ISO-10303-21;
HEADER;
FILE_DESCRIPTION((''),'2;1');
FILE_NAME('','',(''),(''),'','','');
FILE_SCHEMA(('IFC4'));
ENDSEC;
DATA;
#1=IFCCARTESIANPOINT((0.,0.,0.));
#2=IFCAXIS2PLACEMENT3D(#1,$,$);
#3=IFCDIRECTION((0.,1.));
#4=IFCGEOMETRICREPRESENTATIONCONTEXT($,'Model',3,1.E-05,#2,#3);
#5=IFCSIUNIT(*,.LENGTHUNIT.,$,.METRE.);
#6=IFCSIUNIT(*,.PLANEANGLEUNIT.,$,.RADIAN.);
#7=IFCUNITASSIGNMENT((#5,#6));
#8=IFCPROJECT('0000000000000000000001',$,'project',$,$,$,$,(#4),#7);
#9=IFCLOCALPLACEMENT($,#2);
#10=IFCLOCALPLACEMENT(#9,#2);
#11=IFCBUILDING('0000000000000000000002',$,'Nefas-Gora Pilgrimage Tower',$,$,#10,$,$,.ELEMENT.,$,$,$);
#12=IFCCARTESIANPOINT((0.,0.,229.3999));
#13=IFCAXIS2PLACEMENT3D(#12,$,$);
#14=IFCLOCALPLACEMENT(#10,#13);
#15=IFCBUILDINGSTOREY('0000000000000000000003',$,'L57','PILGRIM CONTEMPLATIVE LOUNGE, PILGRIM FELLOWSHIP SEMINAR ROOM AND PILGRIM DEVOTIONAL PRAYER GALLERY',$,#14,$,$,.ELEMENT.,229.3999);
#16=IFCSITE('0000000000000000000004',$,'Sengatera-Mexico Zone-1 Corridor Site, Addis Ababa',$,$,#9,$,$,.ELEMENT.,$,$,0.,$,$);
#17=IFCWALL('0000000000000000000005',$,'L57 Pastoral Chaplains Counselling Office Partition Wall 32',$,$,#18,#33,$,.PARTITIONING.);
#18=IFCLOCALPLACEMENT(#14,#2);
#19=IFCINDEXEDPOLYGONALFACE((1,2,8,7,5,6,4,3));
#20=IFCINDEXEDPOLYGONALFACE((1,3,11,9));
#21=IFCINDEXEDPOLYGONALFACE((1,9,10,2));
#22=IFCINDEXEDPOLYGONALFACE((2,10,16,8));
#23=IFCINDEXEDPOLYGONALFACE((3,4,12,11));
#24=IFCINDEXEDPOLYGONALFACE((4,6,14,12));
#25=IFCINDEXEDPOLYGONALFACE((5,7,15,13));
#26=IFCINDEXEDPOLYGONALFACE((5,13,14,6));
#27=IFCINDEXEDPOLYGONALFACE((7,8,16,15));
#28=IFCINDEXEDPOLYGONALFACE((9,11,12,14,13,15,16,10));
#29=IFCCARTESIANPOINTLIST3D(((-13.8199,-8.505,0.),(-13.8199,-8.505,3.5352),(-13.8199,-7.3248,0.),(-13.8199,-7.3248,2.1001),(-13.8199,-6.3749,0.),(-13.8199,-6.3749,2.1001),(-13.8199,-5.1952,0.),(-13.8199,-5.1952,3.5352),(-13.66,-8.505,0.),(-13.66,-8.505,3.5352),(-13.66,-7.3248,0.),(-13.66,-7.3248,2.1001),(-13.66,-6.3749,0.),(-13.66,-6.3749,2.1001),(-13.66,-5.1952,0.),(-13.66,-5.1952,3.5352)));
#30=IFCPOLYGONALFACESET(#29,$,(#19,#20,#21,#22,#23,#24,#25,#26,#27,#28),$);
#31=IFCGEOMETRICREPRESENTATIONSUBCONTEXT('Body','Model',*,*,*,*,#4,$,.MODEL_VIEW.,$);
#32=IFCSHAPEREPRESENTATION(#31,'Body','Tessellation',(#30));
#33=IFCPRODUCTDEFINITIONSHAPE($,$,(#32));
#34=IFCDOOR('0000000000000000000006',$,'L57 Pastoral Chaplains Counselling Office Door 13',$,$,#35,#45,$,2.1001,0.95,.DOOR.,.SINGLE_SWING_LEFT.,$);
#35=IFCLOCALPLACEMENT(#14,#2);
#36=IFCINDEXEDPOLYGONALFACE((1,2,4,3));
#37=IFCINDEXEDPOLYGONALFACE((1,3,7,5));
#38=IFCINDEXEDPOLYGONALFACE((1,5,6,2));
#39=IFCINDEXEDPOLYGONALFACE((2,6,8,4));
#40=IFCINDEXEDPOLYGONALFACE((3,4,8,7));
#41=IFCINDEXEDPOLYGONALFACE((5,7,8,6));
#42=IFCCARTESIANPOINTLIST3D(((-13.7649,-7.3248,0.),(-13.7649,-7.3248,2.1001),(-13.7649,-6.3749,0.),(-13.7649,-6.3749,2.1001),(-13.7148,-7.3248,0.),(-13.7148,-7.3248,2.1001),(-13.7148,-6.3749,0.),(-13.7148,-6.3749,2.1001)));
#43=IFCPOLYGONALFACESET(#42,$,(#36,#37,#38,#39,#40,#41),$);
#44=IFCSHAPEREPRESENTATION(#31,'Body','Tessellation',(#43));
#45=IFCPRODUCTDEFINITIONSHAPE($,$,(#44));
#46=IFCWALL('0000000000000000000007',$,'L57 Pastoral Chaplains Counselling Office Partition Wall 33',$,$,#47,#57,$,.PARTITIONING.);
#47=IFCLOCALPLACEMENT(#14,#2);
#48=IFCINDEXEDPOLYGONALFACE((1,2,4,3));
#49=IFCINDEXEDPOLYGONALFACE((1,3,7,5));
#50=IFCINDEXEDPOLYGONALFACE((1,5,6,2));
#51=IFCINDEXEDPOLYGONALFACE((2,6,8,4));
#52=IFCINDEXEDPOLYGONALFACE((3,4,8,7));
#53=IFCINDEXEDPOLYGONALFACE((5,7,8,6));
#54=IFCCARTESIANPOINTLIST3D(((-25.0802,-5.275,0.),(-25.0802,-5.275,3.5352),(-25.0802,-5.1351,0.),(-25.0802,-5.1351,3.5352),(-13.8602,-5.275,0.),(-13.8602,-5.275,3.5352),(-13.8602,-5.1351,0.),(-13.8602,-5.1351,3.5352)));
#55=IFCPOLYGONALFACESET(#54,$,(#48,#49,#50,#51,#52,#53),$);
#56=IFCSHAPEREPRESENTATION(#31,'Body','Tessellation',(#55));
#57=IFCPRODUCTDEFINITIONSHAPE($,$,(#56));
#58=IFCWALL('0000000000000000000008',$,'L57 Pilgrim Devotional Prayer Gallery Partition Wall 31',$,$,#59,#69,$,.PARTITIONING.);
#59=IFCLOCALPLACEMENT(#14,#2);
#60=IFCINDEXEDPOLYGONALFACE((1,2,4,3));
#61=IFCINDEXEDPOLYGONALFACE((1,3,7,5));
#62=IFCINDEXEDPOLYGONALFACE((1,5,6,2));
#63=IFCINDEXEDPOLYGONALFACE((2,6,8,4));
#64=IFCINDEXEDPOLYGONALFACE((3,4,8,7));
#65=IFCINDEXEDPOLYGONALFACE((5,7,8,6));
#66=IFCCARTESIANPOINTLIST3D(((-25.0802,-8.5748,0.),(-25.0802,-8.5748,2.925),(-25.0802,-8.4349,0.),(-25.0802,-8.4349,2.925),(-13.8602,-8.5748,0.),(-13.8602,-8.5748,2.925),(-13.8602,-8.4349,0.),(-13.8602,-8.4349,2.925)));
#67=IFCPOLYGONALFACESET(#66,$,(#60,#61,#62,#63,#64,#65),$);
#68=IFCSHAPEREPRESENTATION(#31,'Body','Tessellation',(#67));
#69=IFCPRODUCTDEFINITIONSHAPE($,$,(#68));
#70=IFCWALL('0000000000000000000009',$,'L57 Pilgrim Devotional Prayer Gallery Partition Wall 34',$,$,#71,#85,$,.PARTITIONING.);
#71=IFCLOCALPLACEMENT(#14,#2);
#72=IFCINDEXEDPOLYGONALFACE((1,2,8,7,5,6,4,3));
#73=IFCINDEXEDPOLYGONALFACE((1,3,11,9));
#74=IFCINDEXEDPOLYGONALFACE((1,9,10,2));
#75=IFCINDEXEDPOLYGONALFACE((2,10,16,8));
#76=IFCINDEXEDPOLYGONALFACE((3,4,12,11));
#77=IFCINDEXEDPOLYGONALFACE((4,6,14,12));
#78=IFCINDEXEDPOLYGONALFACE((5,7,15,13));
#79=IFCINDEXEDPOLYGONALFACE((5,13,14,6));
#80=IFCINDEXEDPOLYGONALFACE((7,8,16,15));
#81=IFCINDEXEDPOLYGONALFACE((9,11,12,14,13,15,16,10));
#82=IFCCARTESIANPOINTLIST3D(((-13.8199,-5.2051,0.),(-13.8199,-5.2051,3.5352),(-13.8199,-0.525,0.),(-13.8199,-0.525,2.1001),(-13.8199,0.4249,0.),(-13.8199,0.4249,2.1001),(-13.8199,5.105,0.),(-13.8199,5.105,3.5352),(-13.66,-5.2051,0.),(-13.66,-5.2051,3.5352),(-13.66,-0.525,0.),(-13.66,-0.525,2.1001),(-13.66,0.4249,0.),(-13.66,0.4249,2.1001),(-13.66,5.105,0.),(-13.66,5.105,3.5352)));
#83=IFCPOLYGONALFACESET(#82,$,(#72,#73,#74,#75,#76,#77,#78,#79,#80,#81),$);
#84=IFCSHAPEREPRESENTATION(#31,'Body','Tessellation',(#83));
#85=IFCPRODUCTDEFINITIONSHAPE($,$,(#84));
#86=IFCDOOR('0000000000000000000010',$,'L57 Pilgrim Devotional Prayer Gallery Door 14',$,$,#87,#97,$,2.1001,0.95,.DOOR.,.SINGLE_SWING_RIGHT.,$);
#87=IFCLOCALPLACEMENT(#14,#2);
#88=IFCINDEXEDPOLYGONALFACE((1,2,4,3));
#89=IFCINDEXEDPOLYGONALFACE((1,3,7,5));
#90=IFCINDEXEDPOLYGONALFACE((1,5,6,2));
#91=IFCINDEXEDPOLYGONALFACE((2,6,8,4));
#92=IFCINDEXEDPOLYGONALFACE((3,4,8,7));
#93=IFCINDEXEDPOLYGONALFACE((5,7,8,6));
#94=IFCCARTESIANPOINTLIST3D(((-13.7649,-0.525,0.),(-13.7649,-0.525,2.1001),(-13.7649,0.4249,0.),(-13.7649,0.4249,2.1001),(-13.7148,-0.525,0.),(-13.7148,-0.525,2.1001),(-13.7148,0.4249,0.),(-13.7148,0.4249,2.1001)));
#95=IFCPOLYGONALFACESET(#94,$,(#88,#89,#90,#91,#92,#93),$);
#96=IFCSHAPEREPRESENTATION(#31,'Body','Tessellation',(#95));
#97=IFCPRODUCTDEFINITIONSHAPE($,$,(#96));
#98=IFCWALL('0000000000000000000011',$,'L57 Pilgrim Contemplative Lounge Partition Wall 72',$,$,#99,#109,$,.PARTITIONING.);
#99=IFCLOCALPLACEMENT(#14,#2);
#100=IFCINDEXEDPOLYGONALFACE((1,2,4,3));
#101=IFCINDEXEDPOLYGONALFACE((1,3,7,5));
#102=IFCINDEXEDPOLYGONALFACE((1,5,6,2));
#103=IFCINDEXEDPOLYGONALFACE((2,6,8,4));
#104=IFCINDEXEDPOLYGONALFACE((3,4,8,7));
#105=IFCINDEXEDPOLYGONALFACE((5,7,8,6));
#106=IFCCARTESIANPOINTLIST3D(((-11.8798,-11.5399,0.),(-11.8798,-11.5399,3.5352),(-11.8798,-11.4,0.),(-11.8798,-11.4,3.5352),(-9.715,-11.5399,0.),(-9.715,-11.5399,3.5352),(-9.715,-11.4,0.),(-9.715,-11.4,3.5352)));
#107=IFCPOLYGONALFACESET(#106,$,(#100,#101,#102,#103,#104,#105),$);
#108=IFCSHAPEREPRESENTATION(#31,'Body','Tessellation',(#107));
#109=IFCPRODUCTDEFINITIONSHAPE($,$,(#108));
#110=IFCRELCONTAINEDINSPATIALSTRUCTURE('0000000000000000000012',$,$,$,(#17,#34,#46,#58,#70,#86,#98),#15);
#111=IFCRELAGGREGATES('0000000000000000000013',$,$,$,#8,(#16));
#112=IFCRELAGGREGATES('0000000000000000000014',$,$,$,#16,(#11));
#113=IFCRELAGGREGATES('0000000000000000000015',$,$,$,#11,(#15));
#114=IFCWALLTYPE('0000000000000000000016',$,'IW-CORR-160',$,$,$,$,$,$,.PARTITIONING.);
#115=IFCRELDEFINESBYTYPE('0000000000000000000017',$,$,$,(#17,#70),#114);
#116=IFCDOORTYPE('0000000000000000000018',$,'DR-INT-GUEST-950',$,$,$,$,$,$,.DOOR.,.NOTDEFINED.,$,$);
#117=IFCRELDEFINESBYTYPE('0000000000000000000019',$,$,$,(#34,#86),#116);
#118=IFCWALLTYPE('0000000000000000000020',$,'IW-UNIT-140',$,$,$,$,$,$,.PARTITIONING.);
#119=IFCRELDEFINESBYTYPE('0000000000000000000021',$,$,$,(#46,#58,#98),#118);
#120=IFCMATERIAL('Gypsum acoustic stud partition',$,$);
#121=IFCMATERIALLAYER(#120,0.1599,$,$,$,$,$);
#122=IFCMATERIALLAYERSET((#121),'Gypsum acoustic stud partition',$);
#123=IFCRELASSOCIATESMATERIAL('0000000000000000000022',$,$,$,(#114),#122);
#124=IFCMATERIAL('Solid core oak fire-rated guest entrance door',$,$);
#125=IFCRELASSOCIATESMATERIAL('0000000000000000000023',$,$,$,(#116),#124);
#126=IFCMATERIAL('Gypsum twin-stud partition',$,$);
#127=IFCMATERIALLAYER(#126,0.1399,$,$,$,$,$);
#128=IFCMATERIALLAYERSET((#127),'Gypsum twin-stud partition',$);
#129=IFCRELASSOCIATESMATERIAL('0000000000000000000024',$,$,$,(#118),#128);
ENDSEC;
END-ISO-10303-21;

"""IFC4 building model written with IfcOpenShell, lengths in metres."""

from ifc_helpers import new_model, si_unit, direction, frame, frame_2d, origin, place, context, subcontext, project, spatial, rectangle, extrude, source, transform, mapped, material, layer, layer_set, type_object, element, fill, save


model = new_model("IFC4")

# Units and contexts
model_context = context("Model", 3, precision=1e-05, world=origin(), true_north=direction((0.0, 1.0)))
body_context = subcontext(model_context, "Body", "Model", "MODEL_VIEW")
ifc_project = project(units=[si_unit("LENGTHUNIT", "METRE"), si_unit("PLANEANGLEUNIT", "RADIAN")], contexts=[model_context])

# Site, building, storey
site_placement = place(None, origin())
site = spatial("IfcSite", under=ifc_project, at=site_placement, Name="Sengatera-Mexico Zone-1 Corridor Site, Addis Ababa", CompositionType="ELEMENT", RefElevation=0.0)
building_placement = place(site_placement, origin())
building = spatial("IfcBuilding", under=site, at=building_placement, Name="Nefas-Gora Pilgrimage Tower", CompositionType="ELEMENT")
storey_placement = place(building_placement, frame((0.0, 0.0, 229.3999)))
storey = spatial("IfcBuildingStorey", under=building, at=storey_placement, Name="L57", Description="PILGRIM CONTEMPLATIVE LOUNGE, PILGRIM FELLOWSHIP SEMINAR ROOM AND PILGRIM DEVOTIONAL PRAYER GALLERY", CompositionType="ELEMENT", Elevation=229.3999)

# Wall, opening, door
ifc_material_1 = material(Name="Gypsum acoustic stud partition")
ifc_layer_1 = layer(ifc_material_1, 0.1599)
ifc_layer_set_1 = layer_set([ifc_layer_1], Name="Gypsum acoustic stud partition")
wall_type_1 = type_object("IfcWallType", Name="IW-CORR-160", PredefinedType="PARTITIONING", material=ifc_layer_set_1)
shared_shape_1 = source(origin(), body_context, "Body", "SweptSolid", [
    extrude(rectangle(XDim=3.3098, YDim=0.1599, at=frame_2d((1.6548, 0.0))), origin(), (0.0, 0.0, 1.0), 3.5352),
])
wall_1_placement = place(storey_placement, frame((-13.74, -8.5049, 0.0), z_axis=(0.0, 0.0, 1.0), x_axis=(0.0, 1.0, 0.0)))
wall_1 = element("IfcWall", 1, at=wall_1_placement, inside=storey, type_object=wall_type_1, Name="L57 Pastoral Chaplains Counselling Office Partition Wall 32", PredefinedType="PARTITIONING", context=body_context, shape_type="MappedRepresentation", body=[
    mapped(shared_shape_1, transform((0.0, 0.0, 0.0), x_axis=(1.0, 0.0, 0.0), y_axis=(0.0, 1.0, 0.0), z_axis=(0.0, 0.0, 1.0), scale=1.0)),
])
opening_1_placement = place(wall_1_placement, frame((1.1799, 0.0, 0.0)))
opening_1 = element("IfcOpeningElement", 2, at=opening_1_placement, cuts=wall_1, PredefinedType="OPENING", context=body_context, shape_type="SweptSolid", body=[
    extrude(rectangle(XDim=0.95, YDim=2.1001, at=frame_2d((0.4751, 1.05))), frame((0.0, 0.0898, 0.0), z_axis=(0.0, -1.0, 0.0), x_axis=(1.0, 0.0, 0.0)), (0.0, 0.0, 1.0), 0.1799),
])
ifc_material_2 = material(Name="Solid core oak fire-rated guest entrance door")
door_type_1 = type_object("IfcDoorType", Name="DR-INT-GUEST-950", OperationType="NOTDEFINED", PredefinedType="DOOR", material=ifc_material_2)
shared_shape_2 = source(origin(), body_context, "Body", "SweptSolid", [
    extrude(rectangle(XDim=0.95, YDim=2.1001, at=frame_2d((0.4751, 1.05))), frame((0.0, 0.0249, 0.0), z_axis=(0.0, -1.0, 0.0), x_axis=(1.0, 0.0, 0.0)), (0.0, 0.0, 1.0), 0.05),
])
door_1_placement = place(opening_1_placement, origin())
door_1 = element("IfcDoor", 3, at=door_1_placement, inside=storey, type_object=door_type_1, Name="L57 Pastoral Chaplains Counselling Office Door 13", OperationType="SINGLE_SWING_LEFT", OverallHeight=2.1001, OverallWidth=0.95, PredefinedType="DOOR", context=body_context, shape_type="MappedRepresentation", body=[
    mapped(shared_shape_2, transform((0.0, 0.0, 0.0), x_axis=(1.0, 0.0, 0.0), y_axis=(0.0, 1.0, 0.0), z_axis=(0.0, 0.0, 1.0), scale=1.0)),
])
fill(opening_1, door_1)

# Wall
ifc_material_3 = material(Name="Gypsum twin-stud partition")
ifc_layer_2 = layer(ifc_material_3, 0.1399)
ifc_layer_set_2 = layer_set([ifc_layer_2], Name="Gypsum twin-stud partition")
wall_type_2 = type_object("IfcWallType", Name="IW-UNIT-140", PredefinedType="PARTITIONING", material=ifc_layer_set_2)
shared_shape_3 = source(origin(), body_context, "Body", "SweptSolid", [
    extrude(rectangle(XDim=11.22, YDim=0.1399, at=frame_2d((5.6099, 0.0))), origin(), (0.0, 0.0, 1.0), 3.5352),
])
wall_2_placement = place(storey_placement, frame((-25.0801, -5.2051, 0.0), z_axis=(0.0, 0.0, 1.0), x_axis=(1.0, 0.0, 0.0)))
element("IfcWall", 4, at=wall_2_placement, inside=storey, type_object=wall_type_2, Name="L57 Pastoral Chaplains Counselling Office Partition Wall 33", PredefinedType="PARTITIONING", context=body_context, shape_type="MappedRepresentation", body=[
    mapped(shared_shape_3, transform((0.0, 0.0, 0.0), x_axis=(1.0, 0.0, 0.0), y_axis=(0.0, 1.0, 0.0), z_axis=(0.0, 0.0, 1.0), scale=1.0)),
])

# Wall
shared_shape_4 = source(origin(), body_context, "Body", "SweptSolid", [
    extrude(rectangle(XDim=11.22, YDim=0.1399, at=frame_2d((5.6099, 0.0))), origin(), (0.0, 0.0, 1.0), 2.925),
])
wall_3_placement = place(storey_placement, frame((-25.0801, -8.5049, 0.0), z_axis=(0.0, 0.0, 1.0), x_axis=(1.0, 0.0, 0.0)))
element("IfcWall", 5, at=wall_3_placement, inside=storey, type_object=wall_type_2, Name="L57 Pilgrim Devotional Prayer Gallery Partition Wall 31", PredefinedType="PARTITIONING", context=body_context, shape_type="MappedRepresentation", body=[
    mapped(shared_shape_4, transform((0.0, 0.0, 0.0), x_axis=(1.0, 0.0, 0.0), y_axis=(0.0, 1.0, 0.0), z_axis=(0.0, 0.0, 1.0), scale=1.0)),
])

# Wall, opening, door
shared_shape_5 = source(origin(), body_context, "Body", "SweptSolid", [
    extrude(rectangle(XDim=10.3101, YDim=0.1599, at=frame_2d((5.155, 0.0))), origin(), (0.0, 0.0, 1.0), 3.5352),
])
wall_4_placement = place(storey_placement, frame((-13.74, -5.2051, 0.0), z_axis=(0.0, 0.0, 1.0), x_axis=(0.0, 1.0, 0.0)))
wall_4 = element("IfcWall", 6, at=wall_4_placement, inside=storey, type_object=wall_type_1, Name="L57 Pilgrim Devotional Prayer Gallery Partition Wall 34", PredefinedType="PARTITIONING", context=body_context, shape_type="MappedRepresentation", body=[
    mapped(shared_shape_5, transform((0.0, 0.0, 0.0), x_axis=(1.0, 0.0, 0.0), y_axis=(0.0, 1.0, 0.0), z_axis=(0.0, 0.0, 1.0), scale=1.0)),
])
opening_2_placement = place(wall_4_placement, frame((4.6799, 0.0, 0.0)))
opening_2 = element("IfcOpeningElement", 7, at=opening_2_placement, cuts=wall_4, PredefinedType="OPENING", context=body_context, shape_type="SweptSolid", body=[
    extrude(rectangle(XDim=0.95, YDim=2.1001, at=frame_2d((0.4751, 1.05))), frame((0.0, 0.0898, 0.0), z_axis=(0.0, -1.0, 0.0), x_axis=(1.0, 0.0, 0.0)), (0.0, 0.0, 1.0), 0.1799),
])
door_2_placement = place(opening_2_placement, origin())
door_2 = element("IfcDoor", 8, at=door_2_placement, inside=storey, type_object=door_type_1, Name="L57 Pilgrim Devotional Prayer Gallery Door 14", OperationType="SINGLE_SWING_RIGHT", OverallHeight=2.1001, OverallWidth=0.95, PredefinedType="DOOR", context=body_context, shape_type="MappedRepresentation", body=[
    mapped(shared_shape_2, transform((0.0, 0.0, 0.0), x_axis=(1.0, 0.0, 0.0), y_axis=(0.0, 1.0, 0.0), z_axis=(0.0, 0.0, 1.0), scale=1.0)),
])
fill(opening_2, door_2)

# Wall
shared_shape_6 = source(origin(), body_context, "Body", "SweptSolid", [
    extrude(rectangle(XDim=2.1648, YDim=0.1399, at=frame_2d((1.0825, 0.0))), origin(), (0.0, 0.0, 1.0), 3.5352),
])
wall_5_placement = place(storey_placement, frame((-11.8799, -11.47, 0.0), z_axis=(0.0, 0.0, 1.0), x_axis=(1.0, 0.0, 0.0)))
element("IfcWall", 9, at=wall_5_placement, inside=storey, type_object=wall_type_2, Name="L57 Pilgrim Contemplative Lounge Partition Wall 72", PredefinedType="PARTITIONING", context=body_context, shape_type="MappedRepresentation", body=[
    mapped(shared_shape_6, transform((0.0, 0.0, 0.0), x_axis=(1.0, 0.0, 0.0), y_axis=(0.0, 1.0, 0.0), z_axis=(0.0, 0.0, 1.0), scale=1.0)),
])

save(model, "model.ifc")
